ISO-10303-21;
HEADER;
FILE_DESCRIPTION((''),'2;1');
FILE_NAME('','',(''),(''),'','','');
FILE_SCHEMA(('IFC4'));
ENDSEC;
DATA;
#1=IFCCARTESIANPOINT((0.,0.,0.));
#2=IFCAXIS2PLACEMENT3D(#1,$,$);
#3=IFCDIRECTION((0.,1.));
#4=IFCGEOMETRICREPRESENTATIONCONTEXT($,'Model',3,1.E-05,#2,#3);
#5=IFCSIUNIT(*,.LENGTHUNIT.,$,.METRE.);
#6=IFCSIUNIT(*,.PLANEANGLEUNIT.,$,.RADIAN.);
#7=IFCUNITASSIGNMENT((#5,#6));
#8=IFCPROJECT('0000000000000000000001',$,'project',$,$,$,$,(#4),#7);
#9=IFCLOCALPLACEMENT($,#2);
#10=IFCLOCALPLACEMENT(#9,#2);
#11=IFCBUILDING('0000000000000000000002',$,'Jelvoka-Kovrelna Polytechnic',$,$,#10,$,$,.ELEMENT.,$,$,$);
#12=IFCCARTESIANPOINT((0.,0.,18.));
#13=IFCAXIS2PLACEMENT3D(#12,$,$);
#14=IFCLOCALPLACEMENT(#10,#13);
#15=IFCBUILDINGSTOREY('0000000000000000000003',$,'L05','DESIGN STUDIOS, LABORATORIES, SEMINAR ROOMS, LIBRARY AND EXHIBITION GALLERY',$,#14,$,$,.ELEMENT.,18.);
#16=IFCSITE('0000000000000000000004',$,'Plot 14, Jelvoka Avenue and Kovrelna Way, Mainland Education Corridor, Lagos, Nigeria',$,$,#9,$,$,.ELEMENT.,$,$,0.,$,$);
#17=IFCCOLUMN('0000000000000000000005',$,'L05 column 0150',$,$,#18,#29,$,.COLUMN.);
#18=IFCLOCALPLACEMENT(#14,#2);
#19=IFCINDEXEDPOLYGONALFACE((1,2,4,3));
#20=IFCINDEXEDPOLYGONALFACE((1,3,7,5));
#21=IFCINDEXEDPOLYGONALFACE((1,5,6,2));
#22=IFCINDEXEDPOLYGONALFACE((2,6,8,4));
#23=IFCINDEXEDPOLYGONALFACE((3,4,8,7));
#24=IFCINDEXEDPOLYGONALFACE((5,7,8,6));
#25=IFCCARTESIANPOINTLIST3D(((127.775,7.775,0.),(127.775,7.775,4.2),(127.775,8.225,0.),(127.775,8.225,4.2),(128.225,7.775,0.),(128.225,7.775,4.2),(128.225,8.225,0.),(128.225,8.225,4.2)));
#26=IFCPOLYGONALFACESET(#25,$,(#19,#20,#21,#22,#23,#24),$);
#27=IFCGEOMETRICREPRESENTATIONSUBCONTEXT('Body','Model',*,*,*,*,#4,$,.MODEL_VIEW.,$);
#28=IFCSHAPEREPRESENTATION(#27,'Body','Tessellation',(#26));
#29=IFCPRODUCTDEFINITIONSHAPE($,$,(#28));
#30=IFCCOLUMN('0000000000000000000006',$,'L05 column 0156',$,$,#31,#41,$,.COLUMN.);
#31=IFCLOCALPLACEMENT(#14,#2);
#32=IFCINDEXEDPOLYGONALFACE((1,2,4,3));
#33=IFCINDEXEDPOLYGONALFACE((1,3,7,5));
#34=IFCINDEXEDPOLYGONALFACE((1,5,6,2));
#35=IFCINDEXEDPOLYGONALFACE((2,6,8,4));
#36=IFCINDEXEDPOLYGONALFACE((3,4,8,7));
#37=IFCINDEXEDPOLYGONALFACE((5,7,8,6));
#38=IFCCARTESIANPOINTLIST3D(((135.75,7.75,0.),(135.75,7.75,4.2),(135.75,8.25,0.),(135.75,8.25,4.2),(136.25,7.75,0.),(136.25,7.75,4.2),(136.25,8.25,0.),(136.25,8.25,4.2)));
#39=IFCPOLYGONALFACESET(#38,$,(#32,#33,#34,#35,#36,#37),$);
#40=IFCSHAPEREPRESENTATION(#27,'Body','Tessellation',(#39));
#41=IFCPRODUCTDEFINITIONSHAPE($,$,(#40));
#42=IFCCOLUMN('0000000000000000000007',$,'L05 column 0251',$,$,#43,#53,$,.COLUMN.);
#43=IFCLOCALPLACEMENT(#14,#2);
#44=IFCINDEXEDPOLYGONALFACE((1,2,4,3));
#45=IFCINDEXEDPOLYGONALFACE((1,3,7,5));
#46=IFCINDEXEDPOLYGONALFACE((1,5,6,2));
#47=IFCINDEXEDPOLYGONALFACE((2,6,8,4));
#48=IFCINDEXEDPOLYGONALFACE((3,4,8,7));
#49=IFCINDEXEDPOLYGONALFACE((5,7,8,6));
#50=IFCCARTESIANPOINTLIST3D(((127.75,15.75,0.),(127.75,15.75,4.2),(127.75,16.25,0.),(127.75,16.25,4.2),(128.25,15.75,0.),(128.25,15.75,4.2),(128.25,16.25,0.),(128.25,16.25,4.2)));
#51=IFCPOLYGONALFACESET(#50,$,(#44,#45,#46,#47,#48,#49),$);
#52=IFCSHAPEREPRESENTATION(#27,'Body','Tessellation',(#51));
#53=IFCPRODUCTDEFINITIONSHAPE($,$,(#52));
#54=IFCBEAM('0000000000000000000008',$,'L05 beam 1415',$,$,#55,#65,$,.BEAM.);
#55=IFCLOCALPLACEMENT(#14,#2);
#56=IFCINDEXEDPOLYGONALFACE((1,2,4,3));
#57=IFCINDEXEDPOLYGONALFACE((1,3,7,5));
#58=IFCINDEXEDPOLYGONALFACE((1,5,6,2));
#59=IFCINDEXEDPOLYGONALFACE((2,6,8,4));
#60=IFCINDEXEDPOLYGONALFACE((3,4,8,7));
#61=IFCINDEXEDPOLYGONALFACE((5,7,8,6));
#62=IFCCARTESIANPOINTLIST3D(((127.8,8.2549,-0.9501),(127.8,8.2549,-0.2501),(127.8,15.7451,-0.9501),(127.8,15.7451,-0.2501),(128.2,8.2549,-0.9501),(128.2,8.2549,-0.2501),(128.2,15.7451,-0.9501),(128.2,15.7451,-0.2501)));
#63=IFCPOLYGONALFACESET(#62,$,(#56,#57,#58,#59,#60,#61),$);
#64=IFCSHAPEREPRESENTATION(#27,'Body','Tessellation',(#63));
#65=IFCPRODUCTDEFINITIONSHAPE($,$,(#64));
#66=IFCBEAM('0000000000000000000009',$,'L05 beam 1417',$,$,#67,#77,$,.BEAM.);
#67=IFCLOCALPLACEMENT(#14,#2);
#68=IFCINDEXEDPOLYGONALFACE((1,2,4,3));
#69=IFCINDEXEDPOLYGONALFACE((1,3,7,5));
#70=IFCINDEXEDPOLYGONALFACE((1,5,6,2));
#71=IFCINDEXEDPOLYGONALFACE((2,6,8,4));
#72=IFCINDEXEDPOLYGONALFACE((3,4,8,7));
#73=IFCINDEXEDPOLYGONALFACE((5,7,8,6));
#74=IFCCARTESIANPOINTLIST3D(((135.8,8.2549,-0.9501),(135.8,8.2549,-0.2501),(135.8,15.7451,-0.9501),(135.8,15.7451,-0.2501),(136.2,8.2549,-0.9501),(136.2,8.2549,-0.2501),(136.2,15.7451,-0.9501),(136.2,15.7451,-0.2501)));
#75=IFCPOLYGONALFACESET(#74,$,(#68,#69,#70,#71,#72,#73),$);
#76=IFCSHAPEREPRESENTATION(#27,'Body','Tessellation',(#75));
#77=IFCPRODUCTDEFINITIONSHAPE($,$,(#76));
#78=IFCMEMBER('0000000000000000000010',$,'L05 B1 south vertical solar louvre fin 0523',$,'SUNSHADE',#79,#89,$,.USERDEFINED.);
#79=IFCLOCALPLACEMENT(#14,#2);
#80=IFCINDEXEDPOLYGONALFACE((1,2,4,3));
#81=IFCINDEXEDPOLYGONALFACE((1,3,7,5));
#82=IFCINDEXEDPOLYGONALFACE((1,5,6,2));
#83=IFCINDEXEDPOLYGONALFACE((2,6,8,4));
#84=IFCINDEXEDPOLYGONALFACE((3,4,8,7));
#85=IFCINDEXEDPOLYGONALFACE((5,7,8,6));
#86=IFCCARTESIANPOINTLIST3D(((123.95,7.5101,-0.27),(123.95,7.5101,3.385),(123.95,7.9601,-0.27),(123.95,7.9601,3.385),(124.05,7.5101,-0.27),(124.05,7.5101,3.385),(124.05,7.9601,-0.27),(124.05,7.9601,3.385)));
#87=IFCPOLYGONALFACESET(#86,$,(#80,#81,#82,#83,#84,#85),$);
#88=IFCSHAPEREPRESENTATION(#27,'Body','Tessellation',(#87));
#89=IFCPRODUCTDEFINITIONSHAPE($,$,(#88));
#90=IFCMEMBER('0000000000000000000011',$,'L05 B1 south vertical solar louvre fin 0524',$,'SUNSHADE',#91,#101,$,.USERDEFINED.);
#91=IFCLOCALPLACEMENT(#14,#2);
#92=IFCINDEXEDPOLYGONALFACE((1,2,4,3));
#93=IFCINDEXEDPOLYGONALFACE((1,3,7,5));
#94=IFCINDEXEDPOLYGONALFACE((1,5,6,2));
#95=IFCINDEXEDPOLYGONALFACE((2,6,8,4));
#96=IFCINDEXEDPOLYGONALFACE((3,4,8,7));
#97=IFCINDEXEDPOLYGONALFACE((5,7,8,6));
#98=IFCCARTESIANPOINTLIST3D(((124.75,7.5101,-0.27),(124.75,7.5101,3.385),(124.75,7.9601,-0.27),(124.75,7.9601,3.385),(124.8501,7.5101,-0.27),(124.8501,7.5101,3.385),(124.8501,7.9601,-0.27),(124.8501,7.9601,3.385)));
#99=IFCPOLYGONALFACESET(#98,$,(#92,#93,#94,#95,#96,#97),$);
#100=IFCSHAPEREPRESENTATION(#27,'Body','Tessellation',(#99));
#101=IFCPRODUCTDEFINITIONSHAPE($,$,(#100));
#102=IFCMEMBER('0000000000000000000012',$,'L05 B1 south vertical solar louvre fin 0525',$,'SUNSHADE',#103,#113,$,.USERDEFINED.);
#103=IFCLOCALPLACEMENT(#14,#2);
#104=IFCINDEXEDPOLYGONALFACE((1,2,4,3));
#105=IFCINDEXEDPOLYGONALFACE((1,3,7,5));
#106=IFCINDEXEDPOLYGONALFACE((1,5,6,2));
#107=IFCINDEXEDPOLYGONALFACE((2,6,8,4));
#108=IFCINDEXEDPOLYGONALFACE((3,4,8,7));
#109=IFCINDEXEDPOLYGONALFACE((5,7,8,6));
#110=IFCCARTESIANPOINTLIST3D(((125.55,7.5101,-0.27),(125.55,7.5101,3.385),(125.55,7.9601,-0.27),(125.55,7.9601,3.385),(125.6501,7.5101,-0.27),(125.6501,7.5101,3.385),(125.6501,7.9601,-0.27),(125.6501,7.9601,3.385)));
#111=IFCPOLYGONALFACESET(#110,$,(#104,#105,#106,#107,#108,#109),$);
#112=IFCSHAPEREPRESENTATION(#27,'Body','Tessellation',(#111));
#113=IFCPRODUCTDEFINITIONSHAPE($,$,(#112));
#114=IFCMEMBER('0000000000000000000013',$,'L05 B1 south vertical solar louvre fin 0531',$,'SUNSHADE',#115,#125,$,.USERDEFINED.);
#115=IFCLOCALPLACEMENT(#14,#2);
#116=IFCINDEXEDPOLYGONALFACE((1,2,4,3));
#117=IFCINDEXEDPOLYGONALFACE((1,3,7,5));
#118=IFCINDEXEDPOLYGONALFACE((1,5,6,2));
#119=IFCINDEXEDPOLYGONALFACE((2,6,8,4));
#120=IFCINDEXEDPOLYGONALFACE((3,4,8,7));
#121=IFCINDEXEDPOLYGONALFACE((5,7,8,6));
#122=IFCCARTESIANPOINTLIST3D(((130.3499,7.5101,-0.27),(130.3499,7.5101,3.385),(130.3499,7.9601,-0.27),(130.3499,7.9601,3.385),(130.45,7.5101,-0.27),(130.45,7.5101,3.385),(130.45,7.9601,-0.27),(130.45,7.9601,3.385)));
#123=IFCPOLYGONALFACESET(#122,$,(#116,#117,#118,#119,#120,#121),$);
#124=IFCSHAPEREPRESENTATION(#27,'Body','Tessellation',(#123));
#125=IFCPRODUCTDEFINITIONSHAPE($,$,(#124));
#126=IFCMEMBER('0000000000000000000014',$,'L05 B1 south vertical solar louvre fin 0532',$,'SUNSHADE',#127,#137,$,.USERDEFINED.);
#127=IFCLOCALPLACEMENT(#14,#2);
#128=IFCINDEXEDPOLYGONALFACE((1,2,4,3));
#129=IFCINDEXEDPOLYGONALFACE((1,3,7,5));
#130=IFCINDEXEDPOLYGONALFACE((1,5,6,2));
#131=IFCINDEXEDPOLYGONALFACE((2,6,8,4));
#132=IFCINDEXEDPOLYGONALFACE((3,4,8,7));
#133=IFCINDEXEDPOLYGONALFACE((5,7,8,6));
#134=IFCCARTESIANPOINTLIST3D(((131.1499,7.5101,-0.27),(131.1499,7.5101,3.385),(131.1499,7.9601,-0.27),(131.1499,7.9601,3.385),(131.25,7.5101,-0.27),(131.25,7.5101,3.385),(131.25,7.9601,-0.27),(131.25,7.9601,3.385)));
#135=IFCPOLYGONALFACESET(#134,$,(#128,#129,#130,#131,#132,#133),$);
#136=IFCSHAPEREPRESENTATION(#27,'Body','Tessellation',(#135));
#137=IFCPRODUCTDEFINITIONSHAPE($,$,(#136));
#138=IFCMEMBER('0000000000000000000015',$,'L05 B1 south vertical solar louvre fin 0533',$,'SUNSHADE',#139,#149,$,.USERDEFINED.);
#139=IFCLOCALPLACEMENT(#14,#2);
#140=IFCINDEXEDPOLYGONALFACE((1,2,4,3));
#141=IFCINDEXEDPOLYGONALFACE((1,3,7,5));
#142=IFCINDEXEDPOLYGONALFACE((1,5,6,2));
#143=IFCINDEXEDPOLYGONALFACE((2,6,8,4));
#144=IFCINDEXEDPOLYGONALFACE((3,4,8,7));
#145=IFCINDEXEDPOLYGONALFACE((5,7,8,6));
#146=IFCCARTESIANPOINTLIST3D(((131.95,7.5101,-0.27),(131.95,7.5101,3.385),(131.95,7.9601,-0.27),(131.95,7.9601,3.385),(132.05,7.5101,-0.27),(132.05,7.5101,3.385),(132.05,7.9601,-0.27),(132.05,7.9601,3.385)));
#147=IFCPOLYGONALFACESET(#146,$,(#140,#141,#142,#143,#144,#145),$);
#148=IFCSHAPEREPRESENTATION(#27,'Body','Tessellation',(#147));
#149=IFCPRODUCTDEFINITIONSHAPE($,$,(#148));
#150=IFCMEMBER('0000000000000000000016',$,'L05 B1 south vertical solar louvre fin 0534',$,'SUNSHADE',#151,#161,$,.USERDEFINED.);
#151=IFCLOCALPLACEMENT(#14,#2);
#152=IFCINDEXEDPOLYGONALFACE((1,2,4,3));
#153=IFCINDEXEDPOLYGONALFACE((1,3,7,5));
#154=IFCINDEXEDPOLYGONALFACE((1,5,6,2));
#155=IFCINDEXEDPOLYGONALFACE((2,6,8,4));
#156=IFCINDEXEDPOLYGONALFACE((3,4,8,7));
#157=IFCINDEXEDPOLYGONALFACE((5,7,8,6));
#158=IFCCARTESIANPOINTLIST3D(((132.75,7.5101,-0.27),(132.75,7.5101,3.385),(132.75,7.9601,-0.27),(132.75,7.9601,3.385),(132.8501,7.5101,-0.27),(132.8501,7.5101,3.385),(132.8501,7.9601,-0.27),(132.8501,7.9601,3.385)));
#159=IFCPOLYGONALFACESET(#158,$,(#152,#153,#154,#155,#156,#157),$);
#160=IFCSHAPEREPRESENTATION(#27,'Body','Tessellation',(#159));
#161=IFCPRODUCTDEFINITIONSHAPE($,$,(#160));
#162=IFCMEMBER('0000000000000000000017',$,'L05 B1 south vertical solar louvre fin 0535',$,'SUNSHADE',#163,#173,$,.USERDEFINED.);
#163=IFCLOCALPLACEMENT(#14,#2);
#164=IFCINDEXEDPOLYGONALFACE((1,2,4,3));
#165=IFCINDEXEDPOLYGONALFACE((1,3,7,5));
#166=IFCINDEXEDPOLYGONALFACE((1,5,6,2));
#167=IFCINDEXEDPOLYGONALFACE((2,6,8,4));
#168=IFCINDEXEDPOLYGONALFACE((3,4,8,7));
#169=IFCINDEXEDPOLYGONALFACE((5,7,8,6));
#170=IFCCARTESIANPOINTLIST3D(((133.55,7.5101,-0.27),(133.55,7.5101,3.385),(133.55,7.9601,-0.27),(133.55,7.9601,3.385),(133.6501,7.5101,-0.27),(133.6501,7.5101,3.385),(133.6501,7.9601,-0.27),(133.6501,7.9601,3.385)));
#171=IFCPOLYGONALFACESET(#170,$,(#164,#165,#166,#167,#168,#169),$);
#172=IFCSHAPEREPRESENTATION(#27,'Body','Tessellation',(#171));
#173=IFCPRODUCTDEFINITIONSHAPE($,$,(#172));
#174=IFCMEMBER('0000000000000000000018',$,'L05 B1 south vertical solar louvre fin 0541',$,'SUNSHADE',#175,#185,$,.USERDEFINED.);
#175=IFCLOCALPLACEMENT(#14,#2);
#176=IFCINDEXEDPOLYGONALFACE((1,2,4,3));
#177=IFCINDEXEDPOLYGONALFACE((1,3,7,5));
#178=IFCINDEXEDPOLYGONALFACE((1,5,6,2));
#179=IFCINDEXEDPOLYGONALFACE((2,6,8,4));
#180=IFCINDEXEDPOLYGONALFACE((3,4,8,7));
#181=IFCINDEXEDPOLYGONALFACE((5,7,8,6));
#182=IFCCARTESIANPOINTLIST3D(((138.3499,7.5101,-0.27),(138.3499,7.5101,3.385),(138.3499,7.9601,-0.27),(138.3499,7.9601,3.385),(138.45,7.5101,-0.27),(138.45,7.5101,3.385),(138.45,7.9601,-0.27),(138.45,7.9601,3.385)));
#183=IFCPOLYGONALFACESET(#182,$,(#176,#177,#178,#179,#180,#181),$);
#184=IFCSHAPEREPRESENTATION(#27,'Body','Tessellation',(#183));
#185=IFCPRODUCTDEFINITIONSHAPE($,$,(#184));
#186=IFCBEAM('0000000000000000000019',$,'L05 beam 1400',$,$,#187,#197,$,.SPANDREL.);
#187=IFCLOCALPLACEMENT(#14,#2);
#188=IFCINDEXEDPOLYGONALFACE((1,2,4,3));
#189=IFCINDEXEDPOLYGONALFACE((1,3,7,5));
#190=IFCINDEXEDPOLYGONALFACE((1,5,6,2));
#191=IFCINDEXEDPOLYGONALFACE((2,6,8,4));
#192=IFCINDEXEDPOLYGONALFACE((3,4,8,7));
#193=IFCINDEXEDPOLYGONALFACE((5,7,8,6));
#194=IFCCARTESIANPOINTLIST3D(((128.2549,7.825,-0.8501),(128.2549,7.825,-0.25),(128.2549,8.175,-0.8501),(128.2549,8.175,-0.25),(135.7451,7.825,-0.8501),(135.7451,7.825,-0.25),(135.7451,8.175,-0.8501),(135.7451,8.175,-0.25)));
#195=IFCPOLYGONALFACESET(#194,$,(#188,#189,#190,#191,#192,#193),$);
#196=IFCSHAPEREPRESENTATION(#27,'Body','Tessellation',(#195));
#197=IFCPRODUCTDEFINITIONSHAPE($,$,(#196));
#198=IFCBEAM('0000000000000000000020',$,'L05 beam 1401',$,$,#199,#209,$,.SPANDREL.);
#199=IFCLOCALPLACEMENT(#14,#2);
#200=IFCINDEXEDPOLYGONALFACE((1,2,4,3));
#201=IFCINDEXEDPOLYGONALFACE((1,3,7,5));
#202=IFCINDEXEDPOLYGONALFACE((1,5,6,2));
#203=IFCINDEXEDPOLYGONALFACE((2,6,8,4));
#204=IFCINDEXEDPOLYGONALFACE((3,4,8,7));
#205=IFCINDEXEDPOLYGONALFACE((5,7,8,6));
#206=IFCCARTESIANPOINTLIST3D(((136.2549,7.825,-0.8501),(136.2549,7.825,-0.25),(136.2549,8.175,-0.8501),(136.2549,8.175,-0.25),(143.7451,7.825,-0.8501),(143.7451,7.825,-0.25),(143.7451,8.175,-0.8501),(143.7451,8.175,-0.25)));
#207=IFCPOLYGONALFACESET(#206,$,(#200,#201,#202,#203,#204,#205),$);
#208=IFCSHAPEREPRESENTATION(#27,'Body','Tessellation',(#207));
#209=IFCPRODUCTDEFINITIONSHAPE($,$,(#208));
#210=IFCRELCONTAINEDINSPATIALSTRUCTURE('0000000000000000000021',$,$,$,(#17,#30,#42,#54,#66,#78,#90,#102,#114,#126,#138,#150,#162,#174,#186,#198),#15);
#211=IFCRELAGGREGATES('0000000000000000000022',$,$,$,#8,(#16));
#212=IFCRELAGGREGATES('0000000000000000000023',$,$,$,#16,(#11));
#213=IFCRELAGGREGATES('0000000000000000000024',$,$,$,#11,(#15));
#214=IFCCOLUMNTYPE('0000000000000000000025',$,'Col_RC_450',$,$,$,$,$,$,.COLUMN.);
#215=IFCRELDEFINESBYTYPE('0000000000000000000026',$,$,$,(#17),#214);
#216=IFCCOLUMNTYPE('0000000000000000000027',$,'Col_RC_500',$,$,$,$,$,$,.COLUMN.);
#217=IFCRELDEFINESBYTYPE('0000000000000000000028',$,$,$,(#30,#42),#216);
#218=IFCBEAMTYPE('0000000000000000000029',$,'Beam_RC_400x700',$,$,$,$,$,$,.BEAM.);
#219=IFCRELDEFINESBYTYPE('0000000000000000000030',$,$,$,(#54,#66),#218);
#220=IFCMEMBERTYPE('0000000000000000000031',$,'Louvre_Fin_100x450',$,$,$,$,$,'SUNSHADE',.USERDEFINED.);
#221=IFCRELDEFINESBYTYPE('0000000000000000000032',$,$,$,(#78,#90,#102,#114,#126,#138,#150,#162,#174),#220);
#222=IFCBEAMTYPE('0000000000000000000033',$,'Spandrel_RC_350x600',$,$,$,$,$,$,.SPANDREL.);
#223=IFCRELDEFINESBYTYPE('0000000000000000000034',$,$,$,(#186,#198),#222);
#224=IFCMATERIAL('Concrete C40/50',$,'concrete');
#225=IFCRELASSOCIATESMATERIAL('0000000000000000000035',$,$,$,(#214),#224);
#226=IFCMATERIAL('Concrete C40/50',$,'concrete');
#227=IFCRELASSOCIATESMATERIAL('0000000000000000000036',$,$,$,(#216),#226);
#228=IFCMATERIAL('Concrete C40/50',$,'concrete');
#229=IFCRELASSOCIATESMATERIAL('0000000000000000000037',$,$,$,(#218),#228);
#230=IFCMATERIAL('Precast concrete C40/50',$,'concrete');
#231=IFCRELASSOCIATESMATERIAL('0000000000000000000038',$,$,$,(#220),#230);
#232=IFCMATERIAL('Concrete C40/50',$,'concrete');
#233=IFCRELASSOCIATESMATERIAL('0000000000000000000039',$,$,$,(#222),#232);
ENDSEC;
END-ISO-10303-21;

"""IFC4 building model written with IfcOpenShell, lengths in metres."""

from ifc_helpers import new_model, si_unit, direction, frame, origin, origin_2d, place, context, subcontext, project, spatial, rectangle, extrude, material, material_profile, profile_set, type_object, element, save


model = new_model("IFC4")

# Units and contexts
model_context = context("Model", 3, precision=1e-05, world=origin(), true_north=direction((0.0, 1.0)))
body_context = subcontext(model_context, "Body", "Model", "MODEL_VIEW")
ifc_project = project(units=[si_unit("LENGTHUNIT", "METRE"), si_unit("PLANEANGLEUNIT", "RADIAN")], contexts=[model_context])

# Site, building, storey
site_placement = place(None, origin())
site = spatial("IfcSite", under=ifc_project, at=site_placement, Name="Plot 14, Jelvoka Avenue and Kovrelna Way, Mainland Education Corridor, Lagos, Nigeria", CompositionType="ELEMENT", RefElevation=0.0)
building_placement = place(site_placement, origin())
building = spatial("IfcBuilding", under=site, at=building_placement, Name="Jelvoka-Kovrelna Polytechnic", CompositionType="ELEMENT")
storey_placement = place(building_placement, frame((0.0, 0.0, 18.0)))
storey = spatial("IfcBuildingStorey", under=building, at=storey_placement, Name="L05", Description="DESIGN STUDIOS, LABORATORIES, SEMINAR ROOMS, LIBRARY AND EXHIBITION GALLERY", CompositionType="ELEMENT", Elevation=18.0)

# Columns
ifc_material_1 = material(Name="Concrete C40/50", Category="concrete")
ifc_material_profile_1 = material_profile(ifc_material_1, rectangle(XDim=0.45, YDim=0.45, at=origin_2d()), Name="RC 450x450")
ifc_profile_set_1 = profile_set([ifc_material_profile_1], Name="Concrete C40/50")
column_type_1 = type_object("IfcColumnType", Name="Col_RC_450", PredefinedType="COLUMN", material=ifc_profile_set_1)
column_placement = place(storey_placement, frame((128.0, 8.0, 0.0), z_axis=(0.0, 0.0, 1.0), x_axis=(1.0, 0.0, 0.0)))
element("IfcColumn", 1, at=column_placement, inside=storey, type_object=column_type_1, Name="L05 column 0150", PredefinedType="COLUMN", context=body_context, shape_type="SweptSolid", body=[
    extrude(rectangle(XDim=0.45, YDim=0.45, at=origin_2d()), origin(), (0.0, 0.0, 1.0), 4.2),
])
ifc_material_2 = material(Name="Concrete C40/50", Category="concrete")
ifc_material_profile_2 = material_profile(ifc_material_2, rectangle(XDim=0.5, YDim=0.5, at=origin_2d()), Name="RC 500x500")
ifc_profile_set_2 = profile_set([ifc_material_profile_2], Name="Concrete C40/50")
column_type_2 = type_object("IfcColumnType", Name="Col_RC_500", PredefinedType="COLUMN", material=ifc_profile_set_2)
for number, where, z_axis, x_axis, name in (
    (2, (136.0, 8.0, 0.0), (0.0, 0.0, 1.0), (1.0, 0.0, 0.0), "L05 column 0156"),
    (3, (128.0, 16.0, 0.0), (0.0, 0.0, 1.0), (1.0, 0.0, 0.0), "L05 column 0251"),
):
    element("IfcColumn", number, at=place(storey_placement, frame(where, z_axis=z_axis, x_axis=x_axis)), inside=storey, type_object=column_type_2, Name=name, PredefinedType="COLUMN", context=body_context, shape_type="SweptSolid", body=[
        extrude(rectangle(XDim=0.5, YDim=0.5, at=origin_2d()), origin(), (0.0, 0.0, 1.0), 4.2),
    ])

# Beams
ifc_material_3 = material(Name="Concrete C40/50", Category="concrete")
ifc_material_profile_3 = material_profile(ifc_material_3, rectangle(XDim=0.3999, YDim=0.7, at=origin_2d()), Name="RC 400x700")
ifc_profile_set_3 = profile_set([ifc_material_profile_3], Name="Concrete C40/50")
beam_type_1 = type_object("IfcBeamType", Name="Beam_RC_400x700", PredefinedType="BEAM", material=ifc_profile_set_3)
for number, where, z_axis, x_axis, name in (
    (4, (128.0, 8.2549, -0.6001), (0.0, 1.0, 0.0), (-1.0, 0.0, 0.0), "L05 beam 1415"),
    (5, (136.0, 8.2549, -0.6001), (0.0, 1.0, 0.0), (-1.0, 0.0, 0.0), "L05 beam 1417"),
):
    element("IfcBeam", number, at=place(storey_placement, frame(where, z_axis=z_axis, x_axis=x_axis)), inside=storey, type_object=beam_type_1, Name=name, PredefinedType="BEAM", context=body_context, shape_type="SweptSolid", body=[
        extrude(rectangle(XDim=0.3999, YDim=0.7, at=origin_2d()), origin(), (0.0, 0.0, 1.0), 7.4902),
    ])

# Members
ifc_material_4 = material(Name="Precast concrete C40/50", Category="concrete")
ifc_material_profile_4 = material_profile(ifc_material_4, rectangle(XDim=0.1001, YDim=0.45, at=origin_2d()), Name="PC 100x450")
ifc_profile_set_4 = profile_set([ifc_material_profile_4], Name="Precast concrete C40/50")
member_type = type_object("IfcMemberType", Name="Louvre_Fin_100x450", ElementType="SUNSHADE", PredefinedType="USERDEFINED", material=ifc_profile_set_4)
for number, where, z_axis, x_axis, name in (
    (6, (124.0, 7.7351, -0.27), (0.0, 0.0, 1.0), (1.0, 0.0, 0.0), "L05 B1 south vertical solar louvre fin 0523"),
    (7, (124.8, 7.7351, -0.27), (0.0, 0.0, 1.0), (1.0, 0.0, 0.0), "L05 B1 south vertical solar louvre fin 0524"),
    (8, (125.6001, 7.7351, -0.27), (0.0, 0.0, 1.0), (1.0, 0.0, 0.0), "L05 B1 south vertical solar louvre fin 0525"),
    (9, (130.3999, 7.7351, -0.27), (0.0, 0.0, 1.0), (1.0, 0.0, 0.0), "L05 B1 south vertical solar louvre fin 0531"),
    (10, (131.2, 7.7351, -0.27), (0.0, 0.0, 1.0), (1.0, 0.0, 0.0), "L05 B1 south vertical solar louvre fin 0532"),
    (11, (132.0, 7.7351, -0.27), (0.0, 0.0, 1.0), (1.0, 0.0, 0.0), "L05 B1 south vertical solar louvre fin 0533"),
    (12, (132.8, 7.7351, -0.27), (0.0, 0.0, 1.0), (1.0, 0.0, 0.0), "L05 B1 south vertical solar louvre fin 0534"),
    (13, (133.6001, 7.7351, -0.27), (0.0, 0.0, 1.0), (1.0, 0.0, 0.0), "L05 B1 south vertical solar louvre fin 0535"),
    (14, (138.3999, 7.7351, -0.27), (0.0, 0.0, 1.0), (1.0, 0.0, 0.0), "L05 B1 south vertical solar louvre fin 0541"),
):
    element("IfcMember", number, at=place(storey_placement, frame(where, z_axis=z_axis, x_axis=x_axis)), inside=storey, type_object=member_type, Name=name, ObjectType="SUNSHADE", PredefinedType="USERDEFINED", context=body_context, shape_type="SweptSolid", body=[
        extrude(rectangle(XDim=0.1001, YDim=0.45, at=origin_2d()), origin(), (0.0, 0.0, 1.0), 3.655),
    ])

# Beams
ifc_material_5 = material(Name="Concrete C40/50", Category="concrete")
ifc_material_profile_5 = material_profile(ifc_material_5, rectangle(XDim=0.3501, YDim=0.6001, at=origin_2d()), Name="RC 350x600")
ifc_profile_set_5 = profile_set([ifc_material_profile_5], Name="Concrete C40/50")
beam_type_2 = type_object("IfcBeamType", Name="Spandrel_RC_350x600", PredefinedType="SPANDREL", material=ifc_profile_set_5)
for number, where, z_axis, x_axis, name in (
    (15, (128.2549, 8.0, -0.55), (1.0, 0.0, 0.0), (0.0, 1.0, 0.0), "L05 beam 1400"),
    (16, (136.2549, 8.0, -0.55), (1.0, 0.0, 0.0), (0.0, 1.0, 0.0), "L05 beam 1401"),
):
    element("IfcBeam", number, at=place(storey_placement, frame(where, z_axis=z_axis, x_axis=x_axis)), inside=storey, type_object=beam_type_2, Name=name, PredefinedType="SPANDREL", context=body_context, shape_type="SweptSolid", body=[
        extrude(rectangle(XDim=0.3501, YDim=0.6001, at=origin_2d()), origin(), (0.0, 0.0, 1.0), 7.4902),
    ])

save(model, "model.ifc")
